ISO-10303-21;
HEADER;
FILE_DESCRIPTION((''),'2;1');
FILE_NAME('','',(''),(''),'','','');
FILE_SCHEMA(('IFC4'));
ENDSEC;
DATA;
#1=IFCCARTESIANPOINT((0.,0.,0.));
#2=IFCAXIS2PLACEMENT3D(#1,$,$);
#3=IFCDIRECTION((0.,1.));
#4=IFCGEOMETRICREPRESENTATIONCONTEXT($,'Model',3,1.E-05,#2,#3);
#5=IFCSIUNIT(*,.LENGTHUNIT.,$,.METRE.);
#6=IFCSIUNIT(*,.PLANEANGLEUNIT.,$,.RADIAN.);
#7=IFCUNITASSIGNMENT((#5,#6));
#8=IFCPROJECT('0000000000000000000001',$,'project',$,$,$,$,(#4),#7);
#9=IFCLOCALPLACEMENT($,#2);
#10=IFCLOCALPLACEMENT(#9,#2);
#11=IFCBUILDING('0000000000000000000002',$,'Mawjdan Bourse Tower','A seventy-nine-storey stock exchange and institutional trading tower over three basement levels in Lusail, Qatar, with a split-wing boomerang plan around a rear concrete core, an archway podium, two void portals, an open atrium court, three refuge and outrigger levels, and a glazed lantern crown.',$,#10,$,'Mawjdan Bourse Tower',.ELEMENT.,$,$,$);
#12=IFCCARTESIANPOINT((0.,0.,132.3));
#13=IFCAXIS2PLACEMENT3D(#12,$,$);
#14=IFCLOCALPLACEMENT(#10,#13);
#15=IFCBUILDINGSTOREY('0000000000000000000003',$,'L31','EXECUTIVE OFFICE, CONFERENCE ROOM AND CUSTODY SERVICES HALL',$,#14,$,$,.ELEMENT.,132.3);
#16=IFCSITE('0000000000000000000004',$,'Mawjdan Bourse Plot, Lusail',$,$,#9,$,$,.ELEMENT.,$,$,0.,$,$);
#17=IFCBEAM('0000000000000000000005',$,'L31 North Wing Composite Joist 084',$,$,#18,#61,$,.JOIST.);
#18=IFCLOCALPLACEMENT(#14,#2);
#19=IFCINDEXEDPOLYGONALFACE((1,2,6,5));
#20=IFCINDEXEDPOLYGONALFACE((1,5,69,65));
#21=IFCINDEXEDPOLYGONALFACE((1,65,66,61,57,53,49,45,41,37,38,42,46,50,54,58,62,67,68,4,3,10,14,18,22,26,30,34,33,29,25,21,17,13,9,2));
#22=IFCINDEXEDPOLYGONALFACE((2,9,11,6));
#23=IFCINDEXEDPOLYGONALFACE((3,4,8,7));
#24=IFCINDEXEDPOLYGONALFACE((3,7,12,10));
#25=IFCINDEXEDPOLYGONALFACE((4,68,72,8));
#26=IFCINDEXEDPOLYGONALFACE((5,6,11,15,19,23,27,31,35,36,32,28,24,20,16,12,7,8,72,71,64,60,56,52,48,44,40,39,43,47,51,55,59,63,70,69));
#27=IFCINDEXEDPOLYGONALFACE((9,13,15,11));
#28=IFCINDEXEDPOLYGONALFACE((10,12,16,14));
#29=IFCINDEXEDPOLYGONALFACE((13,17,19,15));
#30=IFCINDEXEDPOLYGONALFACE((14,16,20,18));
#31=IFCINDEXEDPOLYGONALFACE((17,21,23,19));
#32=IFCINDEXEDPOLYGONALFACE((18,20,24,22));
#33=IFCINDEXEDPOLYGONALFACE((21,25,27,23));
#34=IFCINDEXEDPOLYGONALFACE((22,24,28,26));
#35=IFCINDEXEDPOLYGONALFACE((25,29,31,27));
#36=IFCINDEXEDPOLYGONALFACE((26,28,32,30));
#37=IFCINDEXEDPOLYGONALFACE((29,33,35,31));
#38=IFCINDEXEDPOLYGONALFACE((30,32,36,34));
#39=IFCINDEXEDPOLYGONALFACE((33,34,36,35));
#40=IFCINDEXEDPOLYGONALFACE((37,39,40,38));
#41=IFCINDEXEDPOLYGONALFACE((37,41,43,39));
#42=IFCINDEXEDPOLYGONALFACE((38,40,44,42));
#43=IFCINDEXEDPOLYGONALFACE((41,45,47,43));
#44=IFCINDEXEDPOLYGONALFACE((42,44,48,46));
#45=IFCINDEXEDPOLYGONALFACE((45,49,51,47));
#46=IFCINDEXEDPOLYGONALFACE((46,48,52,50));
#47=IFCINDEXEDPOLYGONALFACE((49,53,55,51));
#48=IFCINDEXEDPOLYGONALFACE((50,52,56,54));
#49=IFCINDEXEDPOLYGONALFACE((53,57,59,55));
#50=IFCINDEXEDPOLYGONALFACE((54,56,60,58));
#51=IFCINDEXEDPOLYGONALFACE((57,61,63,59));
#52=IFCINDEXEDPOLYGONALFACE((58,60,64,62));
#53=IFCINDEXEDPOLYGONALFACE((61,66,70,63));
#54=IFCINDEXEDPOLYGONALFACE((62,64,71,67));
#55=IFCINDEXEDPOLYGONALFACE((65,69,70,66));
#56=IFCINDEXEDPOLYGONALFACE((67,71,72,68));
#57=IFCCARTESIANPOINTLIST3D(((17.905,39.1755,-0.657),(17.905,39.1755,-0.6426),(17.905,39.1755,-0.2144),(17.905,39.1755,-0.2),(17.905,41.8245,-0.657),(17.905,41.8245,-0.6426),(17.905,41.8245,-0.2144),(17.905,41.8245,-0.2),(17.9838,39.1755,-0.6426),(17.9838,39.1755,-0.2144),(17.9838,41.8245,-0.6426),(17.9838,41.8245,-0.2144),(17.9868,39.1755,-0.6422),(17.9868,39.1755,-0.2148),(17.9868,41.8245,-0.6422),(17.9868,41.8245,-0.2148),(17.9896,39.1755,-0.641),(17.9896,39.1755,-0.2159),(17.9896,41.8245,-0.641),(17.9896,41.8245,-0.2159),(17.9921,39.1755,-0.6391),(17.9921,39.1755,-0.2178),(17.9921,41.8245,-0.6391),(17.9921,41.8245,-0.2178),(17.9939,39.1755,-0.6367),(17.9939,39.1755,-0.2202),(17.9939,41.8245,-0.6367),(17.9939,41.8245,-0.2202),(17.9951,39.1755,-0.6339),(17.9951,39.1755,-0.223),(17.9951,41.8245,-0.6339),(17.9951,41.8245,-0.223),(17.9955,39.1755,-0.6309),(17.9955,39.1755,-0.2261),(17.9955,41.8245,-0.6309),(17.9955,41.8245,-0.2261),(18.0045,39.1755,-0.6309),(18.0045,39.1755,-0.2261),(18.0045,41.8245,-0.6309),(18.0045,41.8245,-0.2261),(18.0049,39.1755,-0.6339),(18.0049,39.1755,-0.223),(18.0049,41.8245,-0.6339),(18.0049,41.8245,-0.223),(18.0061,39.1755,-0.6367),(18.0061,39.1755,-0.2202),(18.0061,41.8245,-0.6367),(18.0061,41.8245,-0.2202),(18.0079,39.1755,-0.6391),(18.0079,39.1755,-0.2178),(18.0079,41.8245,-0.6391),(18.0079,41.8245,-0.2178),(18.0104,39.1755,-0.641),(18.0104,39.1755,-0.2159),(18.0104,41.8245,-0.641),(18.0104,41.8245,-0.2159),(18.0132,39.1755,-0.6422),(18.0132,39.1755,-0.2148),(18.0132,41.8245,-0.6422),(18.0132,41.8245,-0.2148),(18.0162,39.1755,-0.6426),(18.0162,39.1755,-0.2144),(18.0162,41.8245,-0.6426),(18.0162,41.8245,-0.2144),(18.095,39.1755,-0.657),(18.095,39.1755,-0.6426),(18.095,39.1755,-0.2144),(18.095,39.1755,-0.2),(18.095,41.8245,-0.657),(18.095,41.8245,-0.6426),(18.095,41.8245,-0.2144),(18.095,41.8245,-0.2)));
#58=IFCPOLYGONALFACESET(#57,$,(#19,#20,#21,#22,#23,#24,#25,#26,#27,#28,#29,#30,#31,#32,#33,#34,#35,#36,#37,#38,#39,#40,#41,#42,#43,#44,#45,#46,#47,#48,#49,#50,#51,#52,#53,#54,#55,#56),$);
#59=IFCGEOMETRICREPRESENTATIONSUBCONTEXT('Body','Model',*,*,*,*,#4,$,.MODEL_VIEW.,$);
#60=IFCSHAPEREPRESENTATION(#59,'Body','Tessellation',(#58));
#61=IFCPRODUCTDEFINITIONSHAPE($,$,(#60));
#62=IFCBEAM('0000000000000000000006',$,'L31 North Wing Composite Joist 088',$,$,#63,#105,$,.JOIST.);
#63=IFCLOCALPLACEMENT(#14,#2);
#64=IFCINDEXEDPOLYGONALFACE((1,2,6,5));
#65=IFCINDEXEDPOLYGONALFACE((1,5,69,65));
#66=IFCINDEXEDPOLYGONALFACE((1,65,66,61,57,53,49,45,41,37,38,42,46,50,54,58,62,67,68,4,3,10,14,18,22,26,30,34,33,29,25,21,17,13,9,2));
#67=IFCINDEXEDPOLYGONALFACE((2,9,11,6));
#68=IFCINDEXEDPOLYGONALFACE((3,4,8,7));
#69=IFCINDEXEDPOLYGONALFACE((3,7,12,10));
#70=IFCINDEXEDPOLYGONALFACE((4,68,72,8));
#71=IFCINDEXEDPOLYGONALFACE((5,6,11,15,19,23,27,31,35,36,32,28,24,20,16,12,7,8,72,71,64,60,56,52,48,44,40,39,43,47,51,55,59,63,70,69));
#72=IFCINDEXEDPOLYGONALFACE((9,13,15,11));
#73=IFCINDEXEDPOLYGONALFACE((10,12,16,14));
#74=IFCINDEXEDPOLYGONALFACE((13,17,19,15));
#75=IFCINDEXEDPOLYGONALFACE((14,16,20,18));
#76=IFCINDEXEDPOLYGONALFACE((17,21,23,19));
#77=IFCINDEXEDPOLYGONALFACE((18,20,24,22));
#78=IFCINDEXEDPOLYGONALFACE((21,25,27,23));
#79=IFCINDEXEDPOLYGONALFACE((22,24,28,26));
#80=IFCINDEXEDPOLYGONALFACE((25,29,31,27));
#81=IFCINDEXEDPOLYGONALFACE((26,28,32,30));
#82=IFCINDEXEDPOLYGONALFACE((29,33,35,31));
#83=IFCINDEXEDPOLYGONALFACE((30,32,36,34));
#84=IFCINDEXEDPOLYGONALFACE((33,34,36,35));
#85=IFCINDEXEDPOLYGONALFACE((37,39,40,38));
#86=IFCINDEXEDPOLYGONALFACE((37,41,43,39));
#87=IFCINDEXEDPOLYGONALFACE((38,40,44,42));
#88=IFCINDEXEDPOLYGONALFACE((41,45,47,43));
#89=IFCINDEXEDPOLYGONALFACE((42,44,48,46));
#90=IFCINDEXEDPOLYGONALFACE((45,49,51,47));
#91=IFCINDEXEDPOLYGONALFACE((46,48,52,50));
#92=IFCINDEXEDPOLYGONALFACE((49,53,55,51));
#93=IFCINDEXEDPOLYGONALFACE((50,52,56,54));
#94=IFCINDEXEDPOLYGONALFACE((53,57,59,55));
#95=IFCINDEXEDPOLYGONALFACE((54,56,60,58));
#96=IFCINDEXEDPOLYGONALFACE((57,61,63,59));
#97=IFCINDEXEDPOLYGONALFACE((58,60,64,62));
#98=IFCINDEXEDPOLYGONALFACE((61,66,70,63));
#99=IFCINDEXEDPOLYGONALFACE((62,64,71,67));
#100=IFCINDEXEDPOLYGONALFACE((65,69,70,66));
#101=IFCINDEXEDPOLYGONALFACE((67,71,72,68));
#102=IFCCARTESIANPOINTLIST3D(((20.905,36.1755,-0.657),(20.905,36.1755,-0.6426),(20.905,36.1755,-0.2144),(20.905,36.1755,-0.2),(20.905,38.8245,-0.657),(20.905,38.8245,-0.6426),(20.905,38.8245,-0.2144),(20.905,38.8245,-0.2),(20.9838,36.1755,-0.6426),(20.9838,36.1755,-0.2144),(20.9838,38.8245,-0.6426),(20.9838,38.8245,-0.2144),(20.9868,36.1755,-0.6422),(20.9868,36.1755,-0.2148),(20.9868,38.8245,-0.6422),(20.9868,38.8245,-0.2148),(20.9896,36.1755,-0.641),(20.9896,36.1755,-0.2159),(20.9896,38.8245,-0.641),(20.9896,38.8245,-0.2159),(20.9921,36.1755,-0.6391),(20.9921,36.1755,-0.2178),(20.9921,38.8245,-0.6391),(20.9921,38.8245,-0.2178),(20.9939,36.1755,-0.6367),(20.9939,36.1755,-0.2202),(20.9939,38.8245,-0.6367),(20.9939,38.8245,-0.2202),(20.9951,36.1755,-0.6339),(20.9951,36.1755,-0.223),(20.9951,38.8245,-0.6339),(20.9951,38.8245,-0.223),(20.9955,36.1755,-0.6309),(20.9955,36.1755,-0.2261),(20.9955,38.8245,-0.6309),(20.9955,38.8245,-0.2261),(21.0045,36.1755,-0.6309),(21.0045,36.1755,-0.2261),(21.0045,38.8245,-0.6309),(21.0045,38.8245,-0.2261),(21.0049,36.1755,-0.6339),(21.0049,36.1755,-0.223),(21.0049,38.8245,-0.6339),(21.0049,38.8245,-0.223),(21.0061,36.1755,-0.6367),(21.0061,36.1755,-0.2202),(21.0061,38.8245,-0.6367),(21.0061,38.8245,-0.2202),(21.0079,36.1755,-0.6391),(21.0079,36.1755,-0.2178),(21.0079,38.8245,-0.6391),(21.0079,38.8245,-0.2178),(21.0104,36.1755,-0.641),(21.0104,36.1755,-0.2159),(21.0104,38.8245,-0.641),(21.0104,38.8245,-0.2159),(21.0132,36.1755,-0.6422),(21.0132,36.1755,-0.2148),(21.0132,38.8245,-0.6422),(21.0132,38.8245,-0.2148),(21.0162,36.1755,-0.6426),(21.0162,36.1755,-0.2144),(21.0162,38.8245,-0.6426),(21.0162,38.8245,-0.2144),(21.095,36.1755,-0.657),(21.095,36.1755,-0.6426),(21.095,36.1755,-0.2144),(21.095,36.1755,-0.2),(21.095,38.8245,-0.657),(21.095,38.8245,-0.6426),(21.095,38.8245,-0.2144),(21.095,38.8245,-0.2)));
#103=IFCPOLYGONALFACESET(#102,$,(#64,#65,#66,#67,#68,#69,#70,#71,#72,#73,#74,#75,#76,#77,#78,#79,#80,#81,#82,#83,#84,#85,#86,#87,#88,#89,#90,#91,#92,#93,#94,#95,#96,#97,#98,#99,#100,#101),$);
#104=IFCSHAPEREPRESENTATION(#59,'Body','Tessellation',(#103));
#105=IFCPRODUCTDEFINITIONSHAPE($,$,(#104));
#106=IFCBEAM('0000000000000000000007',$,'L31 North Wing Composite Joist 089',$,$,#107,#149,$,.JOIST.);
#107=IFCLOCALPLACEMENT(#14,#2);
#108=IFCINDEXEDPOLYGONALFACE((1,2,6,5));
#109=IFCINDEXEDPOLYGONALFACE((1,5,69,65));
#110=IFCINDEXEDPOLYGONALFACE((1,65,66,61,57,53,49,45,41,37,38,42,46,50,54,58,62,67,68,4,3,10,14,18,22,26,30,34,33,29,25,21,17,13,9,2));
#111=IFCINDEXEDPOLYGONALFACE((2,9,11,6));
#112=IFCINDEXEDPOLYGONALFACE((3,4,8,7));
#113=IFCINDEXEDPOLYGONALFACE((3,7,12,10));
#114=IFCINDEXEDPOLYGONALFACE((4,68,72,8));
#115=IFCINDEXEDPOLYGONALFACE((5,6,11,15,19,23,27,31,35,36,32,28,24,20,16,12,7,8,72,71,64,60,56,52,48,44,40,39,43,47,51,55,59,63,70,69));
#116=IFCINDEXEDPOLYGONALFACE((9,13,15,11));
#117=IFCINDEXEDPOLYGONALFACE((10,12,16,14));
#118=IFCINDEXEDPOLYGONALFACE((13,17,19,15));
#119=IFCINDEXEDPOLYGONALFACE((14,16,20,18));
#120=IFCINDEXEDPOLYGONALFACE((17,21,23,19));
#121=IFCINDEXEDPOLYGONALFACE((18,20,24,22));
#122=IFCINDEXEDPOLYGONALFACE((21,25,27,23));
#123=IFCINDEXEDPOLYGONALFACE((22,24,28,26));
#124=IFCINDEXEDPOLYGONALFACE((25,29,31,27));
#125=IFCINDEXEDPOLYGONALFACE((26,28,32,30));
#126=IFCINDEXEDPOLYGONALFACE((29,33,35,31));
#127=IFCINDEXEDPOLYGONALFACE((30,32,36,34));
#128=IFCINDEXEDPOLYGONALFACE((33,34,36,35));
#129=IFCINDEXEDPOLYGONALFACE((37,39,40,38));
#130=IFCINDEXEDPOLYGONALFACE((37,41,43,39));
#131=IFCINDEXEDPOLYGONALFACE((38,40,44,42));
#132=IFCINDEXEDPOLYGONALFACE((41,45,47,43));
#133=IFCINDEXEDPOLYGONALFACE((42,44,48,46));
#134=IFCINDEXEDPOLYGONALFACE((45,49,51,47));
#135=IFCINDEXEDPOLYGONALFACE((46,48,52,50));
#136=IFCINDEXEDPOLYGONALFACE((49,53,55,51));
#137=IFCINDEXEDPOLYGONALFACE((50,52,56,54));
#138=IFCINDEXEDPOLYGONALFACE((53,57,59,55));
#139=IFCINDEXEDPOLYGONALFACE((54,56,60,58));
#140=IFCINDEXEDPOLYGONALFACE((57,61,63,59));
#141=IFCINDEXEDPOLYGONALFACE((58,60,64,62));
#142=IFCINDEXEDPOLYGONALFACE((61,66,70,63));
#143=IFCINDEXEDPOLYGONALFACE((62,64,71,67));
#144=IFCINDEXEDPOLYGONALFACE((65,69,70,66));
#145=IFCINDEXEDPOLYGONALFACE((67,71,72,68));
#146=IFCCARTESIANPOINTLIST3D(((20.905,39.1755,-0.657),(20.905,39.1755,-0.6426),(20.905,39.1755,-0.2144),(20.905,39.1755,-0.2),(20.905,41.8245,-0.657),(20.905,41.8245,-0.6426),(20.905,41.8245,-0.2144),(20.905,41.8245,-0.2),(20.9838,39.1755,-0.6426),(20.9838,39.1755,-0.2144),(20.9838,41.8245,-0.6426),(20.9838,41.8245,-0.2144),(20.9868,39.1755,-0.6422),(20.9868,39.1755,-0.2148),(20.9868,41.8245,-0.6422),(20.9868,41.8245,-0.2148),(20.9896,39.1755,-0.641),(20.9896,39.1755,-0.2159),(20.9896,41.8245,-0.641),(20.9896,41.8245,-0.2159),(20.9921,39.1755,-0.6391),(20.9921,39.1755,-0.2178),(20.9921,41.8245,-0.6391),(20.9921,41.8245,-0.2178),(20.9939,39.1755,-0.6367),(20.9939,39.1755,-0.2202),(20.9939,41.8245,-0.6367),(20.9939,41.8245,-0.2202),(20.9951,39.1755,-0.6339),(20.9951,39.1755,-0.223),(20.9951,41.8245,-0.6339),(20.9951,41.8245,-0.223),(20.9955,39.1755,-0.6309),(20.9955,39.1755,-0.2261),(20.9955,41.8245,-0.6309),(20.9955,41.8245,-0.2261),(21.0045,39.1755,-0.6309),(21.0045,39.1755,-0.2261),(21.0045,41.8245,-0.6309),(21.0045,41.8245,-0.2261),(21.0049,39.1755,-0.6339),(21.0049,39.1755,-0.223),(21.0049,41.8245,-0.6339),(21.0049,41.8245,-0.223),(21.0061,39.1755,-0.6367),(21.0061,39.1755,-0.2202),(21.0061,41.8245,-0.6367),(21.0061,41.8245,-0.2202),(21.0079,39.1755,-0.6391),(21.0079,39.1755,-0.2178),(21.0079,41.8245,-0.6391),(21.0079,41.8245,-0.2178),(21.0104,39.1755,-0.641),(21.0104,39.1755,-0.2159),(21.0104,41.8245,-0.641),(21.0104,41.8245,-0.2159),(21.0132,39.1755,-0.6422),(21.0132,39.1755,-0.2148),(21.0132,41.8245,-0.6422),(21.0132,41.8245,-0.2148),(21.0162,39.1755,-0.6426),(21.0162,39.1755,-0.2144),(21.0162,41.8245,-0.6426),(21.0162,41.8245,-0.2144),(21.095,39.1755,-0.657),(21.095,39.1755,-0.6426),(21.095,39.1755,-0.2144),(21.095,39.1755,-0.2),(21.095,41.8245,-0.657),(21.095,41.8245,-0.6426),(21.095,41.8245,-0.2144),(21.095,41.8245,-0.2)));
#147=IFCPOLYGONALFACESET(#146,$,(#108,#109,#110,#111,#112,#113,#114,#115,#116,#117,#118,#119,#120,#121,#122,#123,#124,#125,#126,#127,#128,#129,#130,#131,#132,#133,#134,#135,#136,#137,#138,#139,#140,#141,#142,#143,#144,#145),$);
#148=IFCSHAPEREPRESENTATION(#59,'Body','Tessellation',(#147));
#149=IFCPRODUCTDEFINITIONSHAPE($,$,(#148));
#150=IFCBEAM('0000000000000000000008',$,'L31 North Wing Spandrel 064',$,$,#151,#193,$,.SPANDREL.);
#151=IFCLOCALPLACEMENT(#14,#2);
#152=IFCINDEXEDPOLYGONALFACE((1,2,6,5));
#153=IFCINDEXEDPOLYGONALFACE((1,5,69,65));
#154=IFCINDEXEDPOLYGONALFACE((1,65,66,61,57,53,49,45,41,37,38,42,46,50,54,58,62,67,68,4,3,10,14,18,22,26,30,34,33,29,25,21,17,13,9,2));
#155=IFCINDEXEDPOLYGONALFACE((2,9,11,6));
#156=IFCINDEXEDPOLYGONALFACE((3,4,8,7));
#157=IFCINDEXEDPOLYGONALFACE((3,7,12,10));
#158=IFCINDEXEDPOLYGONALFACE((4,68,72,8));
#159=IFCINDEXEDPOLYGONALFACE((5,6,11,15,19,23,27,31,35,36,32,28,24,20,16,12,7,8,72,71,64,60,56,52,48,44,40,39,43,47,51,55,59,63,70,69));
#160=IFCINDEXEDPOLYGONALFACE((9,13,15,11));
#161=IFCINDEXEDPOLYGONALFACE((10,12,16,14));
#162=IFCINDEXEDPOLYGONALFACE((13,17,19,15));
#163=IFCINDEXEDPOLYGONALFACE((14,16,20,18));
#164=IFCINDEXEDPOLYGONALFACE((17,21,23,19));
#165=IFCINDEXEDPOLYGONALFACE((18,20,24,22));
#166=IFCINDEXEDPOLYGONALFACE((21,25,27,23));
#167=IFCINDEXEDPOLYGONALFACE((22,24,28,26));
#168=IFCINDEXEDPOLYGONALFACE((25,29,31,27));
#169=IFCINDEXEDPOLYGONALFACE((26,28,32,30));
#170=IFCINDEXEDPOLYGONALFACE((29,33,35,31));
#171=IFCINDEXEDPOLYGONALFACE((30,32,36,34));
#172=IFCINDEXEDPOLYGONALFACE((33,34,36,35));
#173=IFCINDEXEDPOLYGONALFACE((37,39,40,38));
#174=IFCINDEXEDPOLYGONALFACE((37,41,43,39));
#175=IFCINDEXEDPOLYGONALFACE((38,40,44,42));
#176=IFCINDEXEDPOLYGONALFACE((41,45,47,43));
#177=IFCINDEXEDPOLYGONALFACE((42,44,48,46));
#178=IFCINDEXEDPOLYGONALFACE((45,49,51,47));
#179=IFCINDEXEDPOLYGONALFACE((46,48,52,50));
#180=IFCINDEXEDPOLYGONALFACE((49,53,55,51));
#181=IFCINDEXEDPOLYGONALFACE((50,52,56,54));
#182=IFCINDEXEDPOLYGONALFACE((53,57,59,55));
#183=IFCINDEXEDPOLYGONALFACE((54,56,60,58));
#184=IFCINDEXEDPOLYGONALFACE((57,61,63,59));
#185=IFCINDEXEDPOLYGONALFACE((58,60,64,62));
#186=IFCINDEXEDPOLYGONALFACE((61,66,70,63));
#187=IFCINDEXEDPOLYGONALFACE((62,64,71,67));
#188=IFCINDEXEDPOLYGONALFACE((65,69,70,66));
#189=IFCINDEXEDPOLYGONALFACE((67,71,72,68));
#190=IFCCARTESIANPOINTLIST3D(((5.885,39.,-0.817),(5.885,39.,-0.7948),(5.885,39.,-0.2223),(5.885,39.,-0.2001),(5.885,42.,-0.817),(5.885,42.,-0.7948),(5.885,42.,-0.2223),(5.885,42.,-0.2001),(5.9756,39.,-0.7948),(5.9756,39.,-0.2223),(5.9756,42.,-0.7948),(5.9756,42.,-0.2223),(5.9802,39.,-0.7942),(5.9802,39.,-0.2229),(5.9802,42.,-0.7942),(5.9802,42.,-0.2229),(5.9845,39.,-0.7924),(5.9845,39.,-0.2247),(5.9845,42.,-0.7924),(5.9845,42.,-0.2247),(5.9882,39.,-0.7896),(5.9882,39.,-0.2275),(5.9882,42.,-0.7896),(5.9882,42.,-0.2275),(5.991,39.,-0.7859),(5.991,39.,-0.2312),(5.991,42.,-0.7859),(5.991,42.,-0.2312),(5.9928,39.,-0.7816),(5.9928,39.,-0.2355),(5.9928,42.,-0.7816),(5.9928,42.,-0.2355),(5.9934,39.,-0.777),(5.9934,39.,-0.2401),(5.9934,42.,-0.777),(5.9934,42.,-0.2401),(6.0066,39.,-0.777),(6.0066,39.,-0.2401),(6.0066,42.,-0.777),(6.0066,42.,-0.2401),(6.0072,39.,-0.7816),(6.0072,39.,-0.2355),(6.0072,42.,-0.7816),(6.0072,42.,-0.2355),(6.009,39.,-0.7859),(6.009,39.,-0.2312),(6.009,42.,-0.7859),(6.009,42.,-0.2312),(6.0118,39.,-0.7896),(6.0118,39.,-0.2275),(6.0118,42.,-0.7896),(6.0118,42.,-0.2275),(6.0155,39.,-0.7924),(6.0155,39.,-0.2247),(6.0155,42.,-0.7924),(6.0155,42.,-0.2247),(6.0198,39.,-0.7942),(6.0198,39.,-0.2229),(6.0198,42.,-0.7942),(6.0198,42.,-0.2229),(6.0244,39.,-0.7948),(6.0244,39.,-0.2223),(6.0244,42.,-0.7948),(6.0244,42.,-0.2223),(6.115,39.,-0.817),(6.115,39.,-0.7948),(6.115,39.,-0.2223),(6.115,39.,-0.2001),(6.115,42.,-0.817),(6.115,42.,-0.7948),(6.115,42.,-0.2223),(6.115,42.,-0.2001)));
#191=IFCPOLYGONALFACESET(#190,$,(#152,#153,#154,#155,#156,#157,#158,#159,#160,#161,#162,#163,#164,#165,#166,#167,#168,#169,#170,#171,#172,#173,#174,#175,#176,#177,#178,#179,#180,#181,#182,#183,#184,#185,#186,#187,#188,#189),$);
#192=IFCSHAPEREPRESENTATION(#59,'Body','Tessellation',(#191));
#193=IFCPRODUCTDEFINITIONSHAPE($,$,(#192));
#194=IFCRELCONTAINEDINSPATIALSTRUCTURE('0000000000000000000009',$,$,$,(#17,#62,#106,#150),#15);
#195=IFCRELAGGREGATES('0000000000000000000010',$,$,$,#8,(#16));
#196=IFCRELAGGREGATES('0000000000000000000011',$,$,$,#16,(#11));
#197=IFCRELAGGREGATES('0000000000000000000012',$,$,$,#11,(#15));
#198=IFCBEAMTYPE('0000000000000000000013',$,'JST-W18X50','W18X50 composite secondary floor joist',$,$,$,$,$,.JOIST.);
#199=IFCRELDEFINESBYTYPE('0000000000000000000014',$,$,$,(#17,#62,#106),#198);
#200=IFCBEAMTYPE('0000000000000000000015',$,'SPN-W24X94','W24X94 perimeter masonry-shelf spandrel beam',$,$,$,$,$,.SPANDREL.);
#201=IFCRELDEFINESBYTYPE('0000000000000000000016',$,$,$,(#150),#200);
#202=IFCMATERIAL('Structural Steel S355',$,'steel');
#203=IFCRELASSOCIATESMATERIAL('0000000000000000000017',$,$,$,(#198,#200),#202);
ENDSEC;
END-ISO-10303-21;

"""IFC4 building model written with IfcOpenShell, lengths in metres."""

from ifc_helpers import new_model, si_unit, direction, frame, origin, origin_2d, place, context, subcontext, project, spatial, i_section, extrude, material, material_profile, profile_set, type_object, element, save


model = new_model("IFC4")

# Units and contexts
model_context = context("Model", 3, precision=1e-05, world=origin(), true_north=direction((0.0, 1.0)))
body_context = subcontext(model_context, "Body", "Model", "MODEL_VIEW")
ifc_project = project(units=[si_unit("LENGTHUNIT", "METRE"), si_unit("PLANEANGLEUNIT", "RADIAN")], contexts=[model_context])

# Site, building, storey
site_placement = place(None, origin())
site = spatial("IfcSite", under=ifc_project, at=site_placement, Name="Mawjdan Bourse Plot, Lusail", CompositionType="ELEMENT", RefElevation=0.0)
building_placement = place(site_placement, origin())
building = spatial("IfcBuilding", under=site, at=building_placement, Name="Mawjdan Bourse Tower", Description="A seventy-nine-storey stock exchange and institutional trading tower over three basement levels in Lusail, Qatar, with a split-wing boomerang plan around a rear concrete core, an archway podium, two void portals, an open atrium court, three refuge and outrigger levels, and a glazed lantern crown.", LongName="Mawjdan Bourse Tower", CompositionType="ELEMENT")
storey_placement = place(building_placement, frame((0.0, 0.0, 132.3)))
storey = spatial("IfcBuildingStorey", under=building, at=storey_placement, Name="L31", Description="EXECUTIVE OFFICE, CONFERENCE ROOM AND CUSTODY SERVICES HALL", CompositionType="ELEMENT", Elevation=132.3)

# Beams
ifc_material_1 = material(Name="Structural Steel S355", Category="steel")
ifc_material_profile_1 = material_profile(ifc_material_1, i_section(OverallWidth=0.1899, OverallDepth=0.457, WebThickness=0.009, FlangeThickness=0.0144, FilletRadius=0.0117, at=origin_2d()), Name="W18X50")
ifc_profile_set_1 = profile_set([ifc_material_profile_1], Name="Structural Steel S355")
beam_type_1 = type_object("IfcBeamType", Name="JST-W18X50", Description="W18X50 composite secondary floor joist", PredefinedType="JOIST", material=ifc_profile_set_1)
for number, where, z_axis, x_axis, name in (
    (1, (18.0, 39.1755, -0.4285), (0.0, 1.0, 0.0), (-1.0, 0.0, 0.0), "L31 North Wing Composite Joist 084"),
    (2, (21.0, 36.1755, -0.4285), (0.0, 1.0, 0.0), (-1.0, 0.0, 0.0), "L31 North Wing Composite Joist 088"),
    (3, (21.0, 39.1755, -0.4285), (0.0, 1.0, 0.0), (-1.0, 0.0, 0.0), "L31 North Wing Composite Joist 089"),
):
    element("IfcBeam", number, at=place(storey_placement, frame(where, z_axis=z_axis, x_axis=x_axis)), inside=storey, type_object=beam_type_1, Name=name, PredefinedType="JOIST", context=body_context, shape_type="SweptSolid", body=[
        extrude(i_section(OverallWidth=0.1899, OverallDepth=0.457, WebThickness=0.009, FlangeThickness=0.0144, FilletRadius=0.0117, at=origin_2d()), origin(), (0.0, 0.0, 1.0), 2.6489),
    ])
ifc_material_profile_2 = material_profile(ifc_material_1, i_section(OverallWidth=0.23, OverallDepth=0.6169, WebThickness=0.0132, FlangeThickness=0.0222, FilletRadius=0.0178, at=origin_2d()), Name="W24X94")
ifc_profile_set_2 = profile_set([ifc_material_profile_2], Name="Structural Steel S355")
beam_type_2 = type_object("IfcBeamType", Name="SPN-W24X94", Description="W24X94 perimeter masonry-shelf spandrel beam", PredefinedType="SPANDREL", material=ifc_profile_set_2)
beam_placement = place(storey_placement, frame((6.0, 39.0, -0.5085), z_axis=(0.0, 1.0, 0.0), x_axis=(-1.0, 0.0, 0.0)))
element("IfcBeam", 4, at=beam_placement, inside=storey, type_object=beam_type_2, Name="L31 North Wing Spandrel 064", PredefinedType="SPANDREL", context=body_context, shape_type="SweptSolid", body=[
    extrude(i_section(OverallWidth=0.23, OverallDepth=0.6169, WebThickness=0.0132, FlangeThickness=0.0222, FilletRadius=0.0178, at=origin_2d()), origin(), (0.0, 0.0, 1.0), 3.0),
])

save(model, "model.ifc")
